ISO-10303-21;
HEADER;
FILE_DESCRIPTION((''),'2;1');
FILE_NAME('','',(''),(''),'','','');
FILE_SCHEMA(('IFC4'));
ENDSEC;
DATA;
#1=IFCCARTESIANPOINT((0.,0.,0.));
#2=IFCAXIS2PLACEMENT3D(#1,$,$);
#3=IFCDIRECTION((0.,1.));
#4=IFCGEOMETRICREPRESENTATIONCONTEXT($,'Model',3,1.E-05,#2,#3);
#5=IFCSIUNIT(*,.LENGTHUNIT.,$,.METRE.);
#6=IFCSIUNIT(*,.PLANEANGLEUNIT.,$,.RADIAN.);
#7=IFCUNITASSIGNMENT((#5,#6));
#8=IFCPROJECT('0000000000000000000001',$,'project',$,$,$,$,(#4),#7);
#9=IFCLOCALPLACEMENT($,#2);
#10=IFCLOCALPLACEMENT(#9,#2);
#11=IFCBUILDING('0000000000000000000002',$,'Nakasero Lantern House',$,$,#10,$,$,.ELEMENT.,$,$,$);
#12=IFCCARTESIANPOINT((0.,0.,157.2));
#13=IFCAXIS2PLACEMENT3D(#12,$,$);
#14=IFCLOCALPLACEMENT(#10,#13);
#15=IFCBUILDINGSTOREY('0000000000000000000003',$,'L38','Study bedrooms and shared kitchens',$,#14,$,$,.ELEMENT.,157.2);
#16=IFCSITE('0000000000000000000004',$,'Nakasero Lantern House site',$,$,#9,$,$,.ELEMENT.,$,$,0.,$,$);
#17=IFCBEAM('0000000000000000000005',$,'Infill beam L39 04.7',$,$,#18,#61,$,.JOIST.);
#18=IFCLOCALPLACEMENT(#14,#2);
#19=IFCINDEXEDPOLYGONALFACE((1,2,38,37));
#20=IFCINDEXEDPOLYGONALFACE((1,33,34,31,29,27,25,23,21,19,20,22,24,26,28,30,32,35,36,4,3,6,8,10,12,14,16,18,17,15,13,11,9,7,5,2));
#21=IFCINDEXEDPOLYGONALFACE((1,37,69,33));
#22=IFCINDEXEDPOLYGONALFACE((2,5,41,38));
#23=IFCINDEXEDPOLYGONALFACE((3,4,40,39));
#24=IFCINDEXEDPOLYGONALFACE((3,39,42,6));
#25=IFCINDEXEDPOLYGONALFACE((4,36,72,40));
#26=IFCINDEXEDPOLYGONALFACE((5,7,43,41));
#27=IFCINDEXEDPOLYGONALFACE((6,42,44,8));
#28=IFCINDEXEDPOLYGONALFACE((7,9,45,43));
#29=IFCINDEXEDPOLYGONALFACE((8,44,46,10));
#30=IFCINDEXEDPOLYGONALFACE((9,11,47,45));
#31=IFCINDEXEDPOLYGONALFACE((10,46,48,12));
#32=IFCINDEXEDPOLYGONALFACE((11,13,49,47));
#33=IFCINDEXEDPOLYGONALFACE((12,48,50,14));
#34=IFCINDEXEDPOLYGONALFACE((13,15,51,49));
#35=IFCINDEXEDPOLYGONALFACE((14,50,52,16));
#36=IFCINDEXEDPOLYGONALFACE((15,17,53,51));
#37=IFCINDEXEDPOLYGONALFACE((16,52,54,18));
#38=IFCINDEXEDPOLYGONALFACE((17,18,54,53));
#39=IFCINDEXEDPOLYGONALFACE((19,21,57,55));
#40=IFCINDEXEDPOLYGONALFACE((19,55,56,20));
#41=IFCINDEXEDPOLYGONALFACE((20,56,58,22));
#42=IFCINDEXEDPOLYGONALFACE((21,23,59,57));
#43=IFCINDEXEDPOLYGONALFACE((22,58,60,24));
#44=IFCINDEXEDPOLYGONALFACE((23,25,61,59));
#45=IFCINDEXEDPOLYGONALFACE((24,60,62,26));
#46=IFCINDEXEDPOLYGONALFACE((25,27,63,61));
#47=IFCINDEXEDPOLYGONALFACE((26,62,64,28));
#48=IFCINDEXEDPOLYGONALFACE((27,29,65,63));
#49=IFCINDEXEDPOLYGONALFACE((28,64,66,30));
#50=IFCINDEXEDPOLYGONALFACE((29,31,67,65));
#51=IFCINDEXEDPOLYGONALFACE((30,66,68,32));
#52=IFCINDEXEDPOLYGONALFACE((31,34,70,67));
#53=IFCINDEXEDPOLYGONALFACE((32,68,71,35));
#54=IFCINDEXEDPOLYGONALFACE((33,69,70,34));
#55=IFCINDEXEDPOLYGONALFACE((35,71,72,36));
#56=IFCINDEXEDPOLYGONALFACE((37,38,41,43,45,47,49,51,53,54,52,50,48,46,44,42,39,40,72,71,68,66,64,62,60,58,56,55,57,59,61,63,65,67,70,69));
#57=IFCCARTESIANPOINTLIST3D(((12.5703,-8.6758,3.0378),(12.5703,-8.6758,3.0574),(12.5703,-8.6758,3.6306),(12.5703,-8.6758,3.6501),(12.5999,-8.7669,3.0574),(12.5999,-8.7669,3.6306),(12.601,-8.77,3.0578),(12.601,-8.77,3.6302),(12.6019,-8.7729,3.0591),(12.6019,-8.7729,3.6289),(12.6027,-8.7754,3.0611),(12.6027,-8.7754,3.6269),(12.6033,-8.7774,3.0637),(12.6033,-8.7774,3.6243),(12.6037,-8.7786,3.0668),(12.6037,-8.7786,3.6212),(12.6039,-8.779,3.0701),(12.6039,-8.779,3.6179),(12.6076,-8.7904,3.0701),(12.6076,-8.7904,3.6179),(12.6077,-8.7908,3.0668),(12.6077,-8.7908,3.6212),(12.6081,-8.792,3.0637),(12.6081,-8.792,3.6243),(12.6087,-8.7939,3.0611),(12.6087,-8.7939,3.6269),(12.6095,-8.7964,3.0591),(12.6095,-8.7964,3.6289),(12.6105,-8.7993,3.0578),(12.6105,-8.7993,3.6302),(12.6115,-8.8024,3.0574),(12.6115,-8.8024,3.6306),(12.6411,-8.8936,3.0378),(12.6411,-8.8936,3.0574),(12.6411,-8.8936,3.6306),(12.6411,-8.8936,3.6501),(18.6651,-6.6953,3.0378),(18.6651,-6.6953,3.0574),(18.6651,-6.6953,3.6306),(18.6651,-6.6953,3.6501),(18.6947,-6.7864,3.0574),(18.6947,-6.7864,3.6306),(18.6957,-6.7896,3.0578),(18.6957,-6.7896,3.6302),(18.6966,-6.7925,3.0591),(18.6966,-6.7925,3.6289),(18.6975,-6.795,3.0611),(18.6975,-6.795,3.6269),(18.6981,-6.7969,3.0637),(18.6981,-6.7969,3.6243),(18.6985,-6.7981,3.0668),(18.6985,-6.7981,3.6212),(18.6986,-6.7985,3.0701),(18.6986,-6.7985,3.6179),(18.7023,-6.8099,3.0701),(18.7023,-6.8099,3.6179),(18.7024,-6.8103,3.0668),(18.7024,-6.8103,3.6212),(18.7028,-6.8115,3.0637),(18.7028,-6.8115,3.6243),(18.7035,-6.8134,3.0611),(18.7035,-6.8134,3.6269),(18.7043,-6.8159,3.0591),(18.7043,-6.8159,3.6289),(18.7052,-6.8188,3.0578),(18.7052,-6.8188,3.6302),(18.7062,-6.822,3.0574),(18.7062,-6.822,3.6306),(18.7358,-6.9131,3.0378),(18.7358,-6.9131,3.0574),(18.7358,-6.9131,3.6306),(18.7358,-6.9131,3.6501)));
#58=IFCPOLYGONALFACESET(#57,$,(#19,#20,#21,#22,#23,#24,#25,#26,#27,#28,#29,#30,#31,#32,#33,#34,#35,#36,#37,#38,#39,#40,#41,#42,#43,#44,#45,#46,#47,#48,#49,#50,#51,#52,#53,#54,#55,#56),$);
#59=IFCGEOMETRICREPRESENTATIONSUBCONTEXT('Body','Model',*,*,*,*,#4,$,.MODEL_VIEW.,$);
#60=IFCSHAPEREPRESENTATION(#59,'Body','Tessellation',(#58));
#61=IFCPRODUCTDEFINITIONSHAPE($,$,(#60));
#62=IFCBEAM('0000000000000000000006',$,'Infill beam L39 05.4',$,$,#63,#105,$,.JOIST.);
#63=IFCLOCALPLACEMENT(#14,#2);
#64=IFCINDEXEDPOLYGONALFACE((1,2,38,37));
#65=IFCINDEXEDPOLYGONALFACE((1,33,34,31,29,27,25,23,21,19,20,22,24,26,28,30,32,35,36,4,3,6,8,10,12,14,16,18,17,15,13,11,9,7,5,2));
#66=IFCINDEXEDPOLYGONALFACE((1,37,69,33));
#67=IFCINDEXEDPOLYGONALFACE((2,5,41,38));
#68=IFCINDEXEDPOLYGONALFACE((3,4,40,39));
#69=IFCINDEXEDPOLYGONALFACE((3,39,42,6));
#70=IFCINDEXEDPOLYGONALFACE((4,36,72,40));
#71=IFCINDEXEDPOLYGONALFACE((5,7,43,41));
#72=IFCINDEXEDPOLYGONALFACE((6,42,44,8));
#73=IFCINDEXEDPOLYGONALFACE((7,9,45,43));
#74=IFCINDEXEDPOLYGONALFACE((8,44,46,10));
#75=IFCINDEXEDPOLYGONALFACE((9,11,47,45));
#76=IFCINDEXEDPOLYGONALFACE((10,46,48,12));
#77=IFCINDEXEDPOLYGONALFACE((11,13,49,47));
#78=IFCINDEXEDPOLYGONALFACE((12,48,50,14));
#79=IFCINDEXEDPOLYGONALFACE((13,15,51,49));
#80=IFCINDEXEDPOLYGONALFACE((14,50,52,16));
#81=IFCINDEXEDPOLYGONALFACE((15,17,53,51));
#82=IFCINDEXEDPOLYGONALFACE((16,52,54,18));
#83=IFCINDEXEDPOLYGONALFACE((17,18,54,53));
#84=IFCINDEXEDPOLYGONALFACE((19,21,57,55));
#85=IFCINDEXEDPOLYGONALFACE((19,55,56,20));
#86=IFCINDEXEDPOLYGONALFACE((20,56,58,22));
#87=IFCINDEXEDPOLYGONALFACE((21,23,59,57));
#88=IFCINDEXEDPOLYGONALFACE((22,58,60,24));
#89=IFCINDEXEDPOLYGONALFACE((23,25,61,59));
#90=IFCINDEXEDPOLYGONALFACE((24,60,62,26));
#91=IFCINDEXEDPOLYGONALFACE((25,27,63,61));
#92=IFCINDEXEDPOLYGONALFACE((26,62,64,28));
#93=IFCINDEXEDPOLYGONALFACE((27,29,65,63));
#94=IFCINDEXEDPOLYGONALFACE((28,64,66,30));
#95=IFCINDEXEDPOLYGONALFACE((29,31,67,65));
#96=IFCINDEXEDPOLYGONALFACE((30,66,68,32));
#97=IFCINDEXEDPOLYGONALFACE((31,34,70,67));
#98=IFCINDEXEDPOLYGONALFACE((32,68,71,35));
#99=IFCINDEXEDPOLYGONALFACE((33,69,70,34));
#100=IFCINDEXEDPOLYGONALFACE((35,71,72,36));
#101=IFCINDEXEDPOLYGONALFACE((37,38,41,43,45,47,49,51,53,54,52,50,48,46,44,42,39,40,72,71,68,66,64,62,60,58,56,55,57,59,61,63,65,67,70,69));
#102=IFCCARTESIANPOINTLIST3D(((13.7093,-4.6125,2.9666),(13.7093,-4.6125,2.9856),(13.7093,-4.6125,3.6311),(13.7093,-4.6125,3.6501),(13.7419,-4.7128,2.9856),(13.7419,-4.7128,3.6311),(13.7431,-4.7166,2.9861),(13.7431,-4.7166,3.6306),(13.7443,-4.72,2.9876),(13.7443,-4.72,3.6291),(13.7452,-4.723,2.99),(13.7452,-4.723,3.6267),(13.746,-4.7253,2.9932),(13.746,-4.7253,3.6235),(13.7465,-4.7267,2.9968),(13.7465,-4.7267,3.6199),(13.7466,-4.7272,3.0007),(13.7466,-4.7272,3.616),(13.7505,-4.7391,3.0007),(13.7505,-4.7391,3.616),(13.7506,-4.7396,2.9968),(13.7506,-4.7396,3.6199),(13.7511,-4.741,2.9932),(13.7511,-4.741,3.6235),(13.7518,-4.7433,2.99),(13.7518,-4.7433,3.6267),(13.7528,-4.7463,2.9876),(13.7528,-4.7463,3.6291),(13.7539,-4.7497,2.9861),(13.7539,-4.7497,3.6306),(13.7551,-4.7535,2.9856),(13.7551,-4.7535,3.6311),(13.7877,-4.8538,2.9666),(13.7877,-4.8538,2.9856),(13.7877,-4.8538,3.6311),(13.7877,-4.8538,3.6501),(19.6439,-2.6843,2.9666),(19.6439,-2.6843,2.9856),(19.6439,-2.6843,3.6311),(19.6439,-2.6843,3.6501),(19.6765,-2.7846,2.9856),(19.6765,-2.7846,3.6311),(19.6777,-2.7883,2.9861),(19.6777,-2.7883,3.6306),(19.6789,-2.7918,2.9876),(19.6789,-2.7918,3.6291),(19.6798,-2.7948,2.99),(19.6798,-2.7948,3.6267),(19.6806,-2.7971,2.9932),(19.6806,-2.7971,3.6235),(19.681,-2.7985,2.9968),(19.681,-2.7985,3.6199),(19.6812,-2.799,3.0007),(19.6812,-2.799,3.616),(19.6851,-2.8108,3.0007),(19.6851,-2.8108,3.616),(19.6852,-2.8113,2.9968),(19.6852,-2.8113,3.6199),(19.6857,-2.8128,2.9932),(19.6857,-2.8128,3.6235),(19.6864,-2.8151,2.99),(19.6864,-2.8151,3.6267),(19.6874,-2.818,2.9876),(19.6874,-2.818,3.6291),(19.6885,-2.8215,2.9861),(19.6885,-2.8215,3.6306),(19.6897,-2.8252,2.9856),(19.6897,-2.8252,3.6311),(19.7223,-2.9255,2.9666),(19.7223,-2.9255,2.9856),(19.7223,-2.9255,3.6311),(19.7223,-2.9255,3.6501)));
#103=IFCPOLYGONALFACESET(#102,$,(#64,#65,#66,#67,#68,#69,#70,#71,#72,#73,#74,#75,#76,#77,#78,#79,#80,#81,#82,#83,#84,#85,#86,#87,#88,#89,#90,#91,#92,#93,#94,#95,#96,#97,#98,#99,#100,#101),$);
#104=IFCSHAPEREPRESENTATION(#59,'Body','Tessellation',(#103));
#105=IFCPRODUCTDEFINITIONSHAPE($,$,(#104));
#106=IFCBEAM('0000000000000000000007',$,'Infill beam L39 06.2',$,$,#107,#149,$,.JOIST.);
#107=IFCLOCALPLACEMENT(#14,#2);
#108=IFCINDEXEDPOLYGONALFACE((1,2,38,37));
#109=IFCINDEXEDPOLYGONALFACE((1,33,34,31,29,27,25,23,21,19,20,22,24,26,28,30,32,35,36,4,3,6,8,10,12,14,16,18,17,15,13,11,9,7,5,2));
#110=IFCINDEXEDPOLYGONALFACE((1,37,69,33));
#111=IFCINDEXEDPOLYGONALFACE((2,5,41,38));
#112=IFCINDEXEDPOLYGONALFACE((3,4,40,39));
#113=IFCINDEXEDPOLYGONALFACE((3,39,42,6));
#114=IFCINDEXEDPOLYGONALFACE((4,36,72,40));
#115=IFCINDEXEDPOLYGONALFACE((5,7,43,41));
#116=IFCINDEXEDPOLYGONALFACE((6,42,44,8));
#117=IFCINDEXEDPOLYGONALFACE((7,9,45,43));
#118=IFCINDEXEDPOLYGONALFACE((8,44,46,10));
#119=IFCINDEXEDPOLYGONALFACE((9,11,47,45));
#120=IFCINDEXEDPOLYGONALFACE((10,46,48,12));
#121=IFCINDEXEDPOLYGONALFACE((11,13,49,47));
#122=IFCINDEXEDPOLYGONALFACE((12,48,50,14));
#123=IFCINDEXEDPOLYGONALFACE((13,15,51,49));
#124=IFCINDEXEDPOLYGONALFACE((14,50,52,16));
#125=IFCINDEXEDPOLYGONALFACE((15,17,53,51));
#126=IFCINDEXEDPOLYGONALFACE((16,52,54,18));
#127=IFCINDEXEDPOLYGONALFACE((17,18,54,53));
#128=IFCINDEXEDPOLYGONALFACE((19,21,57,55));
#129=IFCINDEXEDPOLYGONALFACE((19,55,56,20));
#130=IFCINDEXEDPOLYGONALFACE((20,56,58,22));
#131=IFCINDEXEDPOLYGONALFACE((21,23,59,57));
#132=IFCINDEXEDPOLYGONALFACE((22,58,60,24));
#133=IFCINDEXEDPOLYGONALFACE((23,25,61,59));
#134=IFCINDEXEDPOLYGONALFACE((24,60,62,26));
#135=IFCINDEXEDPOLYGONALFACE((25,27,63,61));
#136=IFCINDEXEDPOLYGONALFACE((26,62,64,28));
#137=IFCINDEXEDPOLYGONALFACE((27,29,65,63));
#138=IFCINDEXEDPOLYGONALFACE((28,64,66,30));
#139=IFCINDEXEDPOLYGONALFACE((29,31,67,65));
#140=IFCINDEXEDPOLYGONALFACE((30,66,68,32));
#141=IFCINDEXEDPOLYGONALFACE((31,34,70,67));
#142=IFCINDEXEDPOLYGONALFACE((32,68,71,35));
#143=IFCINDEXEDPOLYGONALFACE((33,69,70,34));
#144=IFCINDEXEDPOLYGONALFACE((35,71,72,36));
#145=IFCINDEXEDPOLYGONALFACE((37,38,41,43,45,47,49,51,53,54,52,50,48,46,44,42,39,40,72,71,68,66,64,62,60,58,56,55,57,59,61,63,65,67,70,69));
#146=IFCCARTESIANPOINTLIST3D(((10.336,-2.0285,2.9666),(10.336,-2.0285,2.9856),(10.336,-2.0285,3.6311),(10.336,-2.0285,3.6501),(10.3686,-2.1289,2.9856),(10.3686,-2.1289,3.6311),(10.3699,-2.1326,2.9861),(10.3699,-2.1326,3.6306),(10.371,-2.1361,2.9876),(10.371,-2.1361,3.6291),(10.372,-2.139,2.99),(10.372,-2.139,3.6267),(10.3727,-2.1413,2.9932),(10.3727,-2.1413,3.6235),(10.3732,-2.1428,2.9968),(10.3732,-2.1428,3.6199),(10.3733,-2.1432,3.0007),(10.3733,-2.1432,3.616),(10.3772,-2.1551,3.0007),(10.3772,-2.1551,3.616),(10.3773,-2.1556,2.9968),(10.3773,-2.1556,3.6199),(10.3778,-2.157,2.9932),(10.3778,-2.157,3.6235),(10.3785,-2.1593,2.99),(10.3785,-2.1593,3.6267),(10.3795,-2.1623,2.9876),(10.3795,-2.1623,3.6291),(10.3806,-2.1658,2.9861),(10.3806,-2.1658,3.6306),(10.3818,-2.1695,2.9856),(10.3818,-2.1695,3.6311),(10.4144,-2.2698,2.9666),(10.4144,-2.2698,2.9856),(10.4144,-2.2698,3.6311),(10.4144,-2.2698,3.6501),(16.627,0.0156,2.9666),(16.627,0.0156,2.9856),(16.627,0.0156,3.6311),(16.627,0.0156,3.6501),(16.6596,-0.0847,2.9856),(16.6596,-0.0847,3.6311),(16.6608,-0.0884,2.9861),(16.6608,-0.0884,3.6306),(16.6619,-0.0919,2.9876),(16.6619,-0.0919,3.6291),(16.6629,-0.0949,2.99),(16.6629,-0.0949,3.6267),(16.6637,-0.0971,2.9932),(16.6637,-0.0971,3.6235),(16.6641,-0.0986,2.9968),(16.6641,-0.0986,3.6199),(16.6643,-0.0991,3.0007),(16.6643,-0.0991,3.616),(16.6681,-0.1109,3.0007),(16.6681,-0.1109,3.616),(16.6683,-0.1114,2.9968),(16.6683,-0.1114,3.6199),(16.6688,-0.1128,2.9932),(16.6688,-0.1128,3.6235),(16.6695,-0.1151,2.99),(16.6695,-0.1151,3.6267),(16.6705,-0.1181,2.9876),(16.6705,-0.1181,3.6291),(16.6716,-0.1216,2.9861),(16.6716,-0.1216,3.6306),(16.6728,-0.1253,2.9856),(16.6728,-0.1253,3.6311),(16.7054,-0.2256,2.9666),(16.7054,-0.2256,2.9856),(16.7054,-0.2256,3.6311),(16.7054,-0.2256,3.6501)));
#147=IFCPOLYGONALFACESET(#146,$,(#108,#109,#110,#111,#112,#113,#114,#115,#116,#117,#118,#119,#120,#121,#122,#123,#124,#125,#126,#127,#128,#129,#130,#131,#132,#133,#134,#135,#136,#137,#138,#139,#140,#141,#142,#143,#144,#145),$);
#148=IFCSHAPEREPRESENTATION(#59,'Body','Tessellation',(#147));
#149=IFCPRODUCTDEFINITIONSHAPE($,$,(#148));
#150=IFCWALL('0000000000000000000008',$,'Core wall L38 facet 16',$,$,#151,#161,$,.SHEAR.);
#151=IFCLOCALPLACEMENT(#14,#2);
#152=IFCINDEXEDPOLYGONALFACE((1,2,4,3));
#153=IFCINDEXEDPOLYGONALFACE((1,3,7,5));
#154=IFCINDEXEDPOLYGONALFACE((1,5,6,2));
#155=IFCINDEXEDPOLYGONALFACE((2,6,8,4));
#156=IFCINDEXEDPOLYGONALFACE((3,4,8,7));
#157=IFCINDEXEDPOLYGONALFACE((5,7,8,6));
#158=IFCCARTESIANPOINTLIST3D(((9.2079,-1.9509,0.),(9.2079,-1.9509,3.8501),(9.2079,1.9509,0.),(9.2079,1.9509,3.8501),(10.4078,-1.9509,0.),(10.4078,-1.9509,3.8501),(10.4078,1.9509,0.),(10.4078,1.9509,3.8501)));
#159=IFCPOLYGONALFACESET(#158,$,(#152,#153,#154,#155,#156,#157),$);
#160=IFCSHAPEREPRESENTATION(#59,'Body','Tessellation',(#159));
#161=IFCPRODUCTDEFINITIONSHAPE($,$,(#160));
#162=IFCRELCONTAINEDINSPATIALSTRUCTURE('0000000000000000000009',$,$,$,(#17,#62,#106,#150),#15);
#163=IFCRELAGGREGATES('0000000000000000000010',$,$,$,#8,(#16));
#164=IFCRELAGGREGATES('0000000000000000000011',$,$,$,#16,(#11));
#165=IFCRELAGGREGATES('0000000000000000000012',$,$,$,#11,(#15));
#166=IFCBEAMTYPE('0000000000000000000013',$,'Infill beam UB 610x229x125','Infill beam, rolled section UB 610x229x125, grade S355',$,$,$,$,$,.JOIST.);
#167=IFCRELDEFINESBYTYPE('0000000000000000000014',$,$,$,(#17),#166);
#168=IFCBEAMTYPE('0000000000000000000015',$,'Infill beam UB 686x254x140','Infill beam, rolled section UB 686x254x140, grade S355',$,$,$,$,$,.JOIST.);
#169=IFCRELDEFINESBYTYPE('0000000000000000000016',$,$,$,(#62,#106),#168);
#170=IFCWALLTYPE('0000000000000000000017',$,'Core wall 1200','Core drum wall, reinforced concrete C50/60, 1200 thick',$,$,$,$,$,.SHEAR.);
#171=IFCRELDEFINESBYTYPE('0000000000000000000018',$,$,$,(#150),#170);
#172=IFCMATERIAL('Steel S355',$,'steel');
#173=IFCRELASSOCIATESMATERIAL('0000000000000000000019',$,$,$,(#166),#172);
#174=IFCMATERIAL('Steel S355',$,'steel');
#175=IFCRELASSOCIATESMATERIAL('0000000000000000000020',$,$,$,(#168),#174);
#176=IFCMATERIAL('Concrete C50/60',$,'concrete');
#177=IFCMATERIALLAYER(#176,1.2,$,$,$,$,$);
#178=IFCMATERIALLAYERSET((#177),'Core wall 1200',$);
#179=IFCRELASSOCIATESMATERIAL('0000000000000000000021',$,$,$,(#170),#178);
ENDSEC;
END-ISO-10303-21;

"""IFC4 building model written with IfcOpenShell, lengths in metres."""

from ifc_helpers import new_model, si_unit, direction, frame, frame_2d, origin, origin_2d, place, context, subcontext, project, spatial, rectangle, i_section, extrude, material, layer, layer_set, material_profile, profile_set, type_object, element, save


model = new_model("IFC4")

# Units and contexts
model_context = context("Model", 3, precision=1e-05, world=origin(), true_north=direction((0.0, 1.0)))
body_context = subcontext(model_context, "Body", "Model", "MODEL_VIEW")
ifc_project = project(units=[si_unit("LENGTHUNIT", "METRE"), si_unit("PLANEANGLEUNIT", "RADIAN")], contexts=[model_context])

# Site, building, storey
site_placement = place(None, origin())
site = spatial("IfcSite", under=ifc_project, at=site_placement, Name="Nakasero Lantern House site", CompositionType="ELEMENT", RefElevation=0.0)
building_placement = place(site_placement, origin())
building = spatial("IfcBuilding", under=site, at=building_placement, Name="Nakasero Lantern House", CompositionType="ELEMENT")
storey_placement = place(building_placement, frame((0.0, 0.0, 157.2)))
storey = spatial("IfcBuildingStorey", under=building, at=storey_placement, Name="L38", Description="Study bedrooms and shared kitchens", CompositionType="ELEMENT", Elevation=157.2)

# Beams
ifc_material_1 = material(Name="Steel S355", Category="steel")
ifc_material_profile_1 = material_profile(ifc_material_1, i_section(OverallWidth=0.229, OverallDepth=0.6123, WebThickness=0.012, FlangeThickness=0.0195, FilletRadius=0.0127, at=origin_2d()), Name="UB 610x229x125")
ifc_profile_set_1 = profile_set([ifc_material_profile_1], Name="Steel S355")
beam_type_1 = type_object("IfcBeamType", Name="Infill beam UB 610x229x125", Description="Infill beam, rolled section UB 610x229x125, grade S355", PredefinedType="JOIST", material=ifc_profile_set_1)
beam_1_placement = place(storey_placement, frame((12.6057, -8.7847, 3.344), z_axis=(0.951049, 0.309041, 0.0), x_axis=(-0.309041, 0.951049, 0.0)))
element("IfcBeam", 1, at=beam_1_placement, inside=storey, type_object=beam_type_1, Name="Infill beam L39 04.7", PredefinedType="JOIST", context=body_context, shape_type="SweptSolid", body=[
    extrude(i_section(OverallWidth=0.229, OverallDepth=0.6123, WebThickness=0.012, FlangeThickness=0.0195, FilletRadius=0.0127, at=origin_2d()), origin(), (0.0, 0.0, 1.0), 6.4084),
])
ifc_material_2 = material(Name="Steel S355", Category="steel")
ifc_material_profile_2 = material_profile(ifc_material_2, i_section(OverallWidth=0.2537, OverallDepth=0.6836, WebThickness=0.0125, FlangeThickness=0.019, FilletRadius=0.0151, at=origin_2d()), Name="UB 686x254x140")
ifc_profile_set_2 = profile_set([ifc_material_profile_2], Name="Steel S355")
beam_type_2 = type_object("IfcBeamType", Name="Infill beam UB 686x254x140", Description="Infill beam, rolled section UB 686x254x140, grade S355", PredefinedType="JOIST", material=ifc_profile_set_2)
beam_2_placement = place(storey_placement, frame((13.7485, -4.7332, 3.3083), z_axis=(0.951058, 0.309012, 0.0), x_axis=(-0.309012, 0.951058, 0.0)))
element("IfcBeam", 2, at=beam_2_placement, inside=storey, type_object=beam_type_2, Name="Infill beam L39 05.4", PredefinedType="JOIST", context=body_context, shape_type="SweptSolid", body=[
    extrude(i_section(OverallWidth=0.2537, OverallDepth=0.6836, WebThickness=0.0125, FlangeThickness=0.019, FilletRadius=0.0151, at=origin_2d()), origin(), (0.0, 0.0, 1.0), 6.24),
])
beam_3_placement = place(storey_placement, frame((10.3752, -2.1492, 3.3083), z_axis=(0.951051, 0.309033, 0.0), x_axis=(-0.309033, 0.951051, 0.0)))
element("IfcBeam", 3, at=beam_3_placement, inside=storey, type_object=beam_type_2, Name="Infill beam L39 06.2", PredefinedType="JOIST", context=body_context, shape_type="SweptSolid", body=[
    extrude(i_section(OverallWidth=0.2537, OverallDepth=0.6836, WebThickness=0.0125, FlangeThickness=0.019, FilletRadius=0.0151, at=origin_2d()), origin(), (0.0, 0.0, 1.0), 6.6147),
])

# Wall
ifc_material_3 = material(Name="Concrete C50/60", Category="concrete")
ifc_layer_1 = layer(ifc_material_3, 1.2)
ifc_layer_set_1 = layer_set([ifc_layer_1], Name="Core wall 1200")
wall_type_1 = type_object("IfcWallType", Name="Core wall 1200", Description="Core drum wall, reinforced concrete C50/60, 1200 thick", PredefinedType="SHEAR", material=ifc_layer_set_1)
wall_1_placement = place(storey_placement, frame((9.8079, -1.9509, 0.0), z_axis=(0.0, 0.0, 1.0), x_axis=(0.0, 1.0, 0.0)))
element("IfcWall", 4, at=wall_1_placement, inside=storey, type_object=wall_type_1, Name="Core wall L38 facet 16", PredefinedType="SHEAR", context=body_context, shape_type="SweptSolid", body=[
    extrude(rectangle(XDim=3.9019, YDim=1.2, at=frame_2d((1.9509, 0.0))), origin(), (0.0, 0.0, 1.0), 3.8501),
])

save(model, "model.ifc")
